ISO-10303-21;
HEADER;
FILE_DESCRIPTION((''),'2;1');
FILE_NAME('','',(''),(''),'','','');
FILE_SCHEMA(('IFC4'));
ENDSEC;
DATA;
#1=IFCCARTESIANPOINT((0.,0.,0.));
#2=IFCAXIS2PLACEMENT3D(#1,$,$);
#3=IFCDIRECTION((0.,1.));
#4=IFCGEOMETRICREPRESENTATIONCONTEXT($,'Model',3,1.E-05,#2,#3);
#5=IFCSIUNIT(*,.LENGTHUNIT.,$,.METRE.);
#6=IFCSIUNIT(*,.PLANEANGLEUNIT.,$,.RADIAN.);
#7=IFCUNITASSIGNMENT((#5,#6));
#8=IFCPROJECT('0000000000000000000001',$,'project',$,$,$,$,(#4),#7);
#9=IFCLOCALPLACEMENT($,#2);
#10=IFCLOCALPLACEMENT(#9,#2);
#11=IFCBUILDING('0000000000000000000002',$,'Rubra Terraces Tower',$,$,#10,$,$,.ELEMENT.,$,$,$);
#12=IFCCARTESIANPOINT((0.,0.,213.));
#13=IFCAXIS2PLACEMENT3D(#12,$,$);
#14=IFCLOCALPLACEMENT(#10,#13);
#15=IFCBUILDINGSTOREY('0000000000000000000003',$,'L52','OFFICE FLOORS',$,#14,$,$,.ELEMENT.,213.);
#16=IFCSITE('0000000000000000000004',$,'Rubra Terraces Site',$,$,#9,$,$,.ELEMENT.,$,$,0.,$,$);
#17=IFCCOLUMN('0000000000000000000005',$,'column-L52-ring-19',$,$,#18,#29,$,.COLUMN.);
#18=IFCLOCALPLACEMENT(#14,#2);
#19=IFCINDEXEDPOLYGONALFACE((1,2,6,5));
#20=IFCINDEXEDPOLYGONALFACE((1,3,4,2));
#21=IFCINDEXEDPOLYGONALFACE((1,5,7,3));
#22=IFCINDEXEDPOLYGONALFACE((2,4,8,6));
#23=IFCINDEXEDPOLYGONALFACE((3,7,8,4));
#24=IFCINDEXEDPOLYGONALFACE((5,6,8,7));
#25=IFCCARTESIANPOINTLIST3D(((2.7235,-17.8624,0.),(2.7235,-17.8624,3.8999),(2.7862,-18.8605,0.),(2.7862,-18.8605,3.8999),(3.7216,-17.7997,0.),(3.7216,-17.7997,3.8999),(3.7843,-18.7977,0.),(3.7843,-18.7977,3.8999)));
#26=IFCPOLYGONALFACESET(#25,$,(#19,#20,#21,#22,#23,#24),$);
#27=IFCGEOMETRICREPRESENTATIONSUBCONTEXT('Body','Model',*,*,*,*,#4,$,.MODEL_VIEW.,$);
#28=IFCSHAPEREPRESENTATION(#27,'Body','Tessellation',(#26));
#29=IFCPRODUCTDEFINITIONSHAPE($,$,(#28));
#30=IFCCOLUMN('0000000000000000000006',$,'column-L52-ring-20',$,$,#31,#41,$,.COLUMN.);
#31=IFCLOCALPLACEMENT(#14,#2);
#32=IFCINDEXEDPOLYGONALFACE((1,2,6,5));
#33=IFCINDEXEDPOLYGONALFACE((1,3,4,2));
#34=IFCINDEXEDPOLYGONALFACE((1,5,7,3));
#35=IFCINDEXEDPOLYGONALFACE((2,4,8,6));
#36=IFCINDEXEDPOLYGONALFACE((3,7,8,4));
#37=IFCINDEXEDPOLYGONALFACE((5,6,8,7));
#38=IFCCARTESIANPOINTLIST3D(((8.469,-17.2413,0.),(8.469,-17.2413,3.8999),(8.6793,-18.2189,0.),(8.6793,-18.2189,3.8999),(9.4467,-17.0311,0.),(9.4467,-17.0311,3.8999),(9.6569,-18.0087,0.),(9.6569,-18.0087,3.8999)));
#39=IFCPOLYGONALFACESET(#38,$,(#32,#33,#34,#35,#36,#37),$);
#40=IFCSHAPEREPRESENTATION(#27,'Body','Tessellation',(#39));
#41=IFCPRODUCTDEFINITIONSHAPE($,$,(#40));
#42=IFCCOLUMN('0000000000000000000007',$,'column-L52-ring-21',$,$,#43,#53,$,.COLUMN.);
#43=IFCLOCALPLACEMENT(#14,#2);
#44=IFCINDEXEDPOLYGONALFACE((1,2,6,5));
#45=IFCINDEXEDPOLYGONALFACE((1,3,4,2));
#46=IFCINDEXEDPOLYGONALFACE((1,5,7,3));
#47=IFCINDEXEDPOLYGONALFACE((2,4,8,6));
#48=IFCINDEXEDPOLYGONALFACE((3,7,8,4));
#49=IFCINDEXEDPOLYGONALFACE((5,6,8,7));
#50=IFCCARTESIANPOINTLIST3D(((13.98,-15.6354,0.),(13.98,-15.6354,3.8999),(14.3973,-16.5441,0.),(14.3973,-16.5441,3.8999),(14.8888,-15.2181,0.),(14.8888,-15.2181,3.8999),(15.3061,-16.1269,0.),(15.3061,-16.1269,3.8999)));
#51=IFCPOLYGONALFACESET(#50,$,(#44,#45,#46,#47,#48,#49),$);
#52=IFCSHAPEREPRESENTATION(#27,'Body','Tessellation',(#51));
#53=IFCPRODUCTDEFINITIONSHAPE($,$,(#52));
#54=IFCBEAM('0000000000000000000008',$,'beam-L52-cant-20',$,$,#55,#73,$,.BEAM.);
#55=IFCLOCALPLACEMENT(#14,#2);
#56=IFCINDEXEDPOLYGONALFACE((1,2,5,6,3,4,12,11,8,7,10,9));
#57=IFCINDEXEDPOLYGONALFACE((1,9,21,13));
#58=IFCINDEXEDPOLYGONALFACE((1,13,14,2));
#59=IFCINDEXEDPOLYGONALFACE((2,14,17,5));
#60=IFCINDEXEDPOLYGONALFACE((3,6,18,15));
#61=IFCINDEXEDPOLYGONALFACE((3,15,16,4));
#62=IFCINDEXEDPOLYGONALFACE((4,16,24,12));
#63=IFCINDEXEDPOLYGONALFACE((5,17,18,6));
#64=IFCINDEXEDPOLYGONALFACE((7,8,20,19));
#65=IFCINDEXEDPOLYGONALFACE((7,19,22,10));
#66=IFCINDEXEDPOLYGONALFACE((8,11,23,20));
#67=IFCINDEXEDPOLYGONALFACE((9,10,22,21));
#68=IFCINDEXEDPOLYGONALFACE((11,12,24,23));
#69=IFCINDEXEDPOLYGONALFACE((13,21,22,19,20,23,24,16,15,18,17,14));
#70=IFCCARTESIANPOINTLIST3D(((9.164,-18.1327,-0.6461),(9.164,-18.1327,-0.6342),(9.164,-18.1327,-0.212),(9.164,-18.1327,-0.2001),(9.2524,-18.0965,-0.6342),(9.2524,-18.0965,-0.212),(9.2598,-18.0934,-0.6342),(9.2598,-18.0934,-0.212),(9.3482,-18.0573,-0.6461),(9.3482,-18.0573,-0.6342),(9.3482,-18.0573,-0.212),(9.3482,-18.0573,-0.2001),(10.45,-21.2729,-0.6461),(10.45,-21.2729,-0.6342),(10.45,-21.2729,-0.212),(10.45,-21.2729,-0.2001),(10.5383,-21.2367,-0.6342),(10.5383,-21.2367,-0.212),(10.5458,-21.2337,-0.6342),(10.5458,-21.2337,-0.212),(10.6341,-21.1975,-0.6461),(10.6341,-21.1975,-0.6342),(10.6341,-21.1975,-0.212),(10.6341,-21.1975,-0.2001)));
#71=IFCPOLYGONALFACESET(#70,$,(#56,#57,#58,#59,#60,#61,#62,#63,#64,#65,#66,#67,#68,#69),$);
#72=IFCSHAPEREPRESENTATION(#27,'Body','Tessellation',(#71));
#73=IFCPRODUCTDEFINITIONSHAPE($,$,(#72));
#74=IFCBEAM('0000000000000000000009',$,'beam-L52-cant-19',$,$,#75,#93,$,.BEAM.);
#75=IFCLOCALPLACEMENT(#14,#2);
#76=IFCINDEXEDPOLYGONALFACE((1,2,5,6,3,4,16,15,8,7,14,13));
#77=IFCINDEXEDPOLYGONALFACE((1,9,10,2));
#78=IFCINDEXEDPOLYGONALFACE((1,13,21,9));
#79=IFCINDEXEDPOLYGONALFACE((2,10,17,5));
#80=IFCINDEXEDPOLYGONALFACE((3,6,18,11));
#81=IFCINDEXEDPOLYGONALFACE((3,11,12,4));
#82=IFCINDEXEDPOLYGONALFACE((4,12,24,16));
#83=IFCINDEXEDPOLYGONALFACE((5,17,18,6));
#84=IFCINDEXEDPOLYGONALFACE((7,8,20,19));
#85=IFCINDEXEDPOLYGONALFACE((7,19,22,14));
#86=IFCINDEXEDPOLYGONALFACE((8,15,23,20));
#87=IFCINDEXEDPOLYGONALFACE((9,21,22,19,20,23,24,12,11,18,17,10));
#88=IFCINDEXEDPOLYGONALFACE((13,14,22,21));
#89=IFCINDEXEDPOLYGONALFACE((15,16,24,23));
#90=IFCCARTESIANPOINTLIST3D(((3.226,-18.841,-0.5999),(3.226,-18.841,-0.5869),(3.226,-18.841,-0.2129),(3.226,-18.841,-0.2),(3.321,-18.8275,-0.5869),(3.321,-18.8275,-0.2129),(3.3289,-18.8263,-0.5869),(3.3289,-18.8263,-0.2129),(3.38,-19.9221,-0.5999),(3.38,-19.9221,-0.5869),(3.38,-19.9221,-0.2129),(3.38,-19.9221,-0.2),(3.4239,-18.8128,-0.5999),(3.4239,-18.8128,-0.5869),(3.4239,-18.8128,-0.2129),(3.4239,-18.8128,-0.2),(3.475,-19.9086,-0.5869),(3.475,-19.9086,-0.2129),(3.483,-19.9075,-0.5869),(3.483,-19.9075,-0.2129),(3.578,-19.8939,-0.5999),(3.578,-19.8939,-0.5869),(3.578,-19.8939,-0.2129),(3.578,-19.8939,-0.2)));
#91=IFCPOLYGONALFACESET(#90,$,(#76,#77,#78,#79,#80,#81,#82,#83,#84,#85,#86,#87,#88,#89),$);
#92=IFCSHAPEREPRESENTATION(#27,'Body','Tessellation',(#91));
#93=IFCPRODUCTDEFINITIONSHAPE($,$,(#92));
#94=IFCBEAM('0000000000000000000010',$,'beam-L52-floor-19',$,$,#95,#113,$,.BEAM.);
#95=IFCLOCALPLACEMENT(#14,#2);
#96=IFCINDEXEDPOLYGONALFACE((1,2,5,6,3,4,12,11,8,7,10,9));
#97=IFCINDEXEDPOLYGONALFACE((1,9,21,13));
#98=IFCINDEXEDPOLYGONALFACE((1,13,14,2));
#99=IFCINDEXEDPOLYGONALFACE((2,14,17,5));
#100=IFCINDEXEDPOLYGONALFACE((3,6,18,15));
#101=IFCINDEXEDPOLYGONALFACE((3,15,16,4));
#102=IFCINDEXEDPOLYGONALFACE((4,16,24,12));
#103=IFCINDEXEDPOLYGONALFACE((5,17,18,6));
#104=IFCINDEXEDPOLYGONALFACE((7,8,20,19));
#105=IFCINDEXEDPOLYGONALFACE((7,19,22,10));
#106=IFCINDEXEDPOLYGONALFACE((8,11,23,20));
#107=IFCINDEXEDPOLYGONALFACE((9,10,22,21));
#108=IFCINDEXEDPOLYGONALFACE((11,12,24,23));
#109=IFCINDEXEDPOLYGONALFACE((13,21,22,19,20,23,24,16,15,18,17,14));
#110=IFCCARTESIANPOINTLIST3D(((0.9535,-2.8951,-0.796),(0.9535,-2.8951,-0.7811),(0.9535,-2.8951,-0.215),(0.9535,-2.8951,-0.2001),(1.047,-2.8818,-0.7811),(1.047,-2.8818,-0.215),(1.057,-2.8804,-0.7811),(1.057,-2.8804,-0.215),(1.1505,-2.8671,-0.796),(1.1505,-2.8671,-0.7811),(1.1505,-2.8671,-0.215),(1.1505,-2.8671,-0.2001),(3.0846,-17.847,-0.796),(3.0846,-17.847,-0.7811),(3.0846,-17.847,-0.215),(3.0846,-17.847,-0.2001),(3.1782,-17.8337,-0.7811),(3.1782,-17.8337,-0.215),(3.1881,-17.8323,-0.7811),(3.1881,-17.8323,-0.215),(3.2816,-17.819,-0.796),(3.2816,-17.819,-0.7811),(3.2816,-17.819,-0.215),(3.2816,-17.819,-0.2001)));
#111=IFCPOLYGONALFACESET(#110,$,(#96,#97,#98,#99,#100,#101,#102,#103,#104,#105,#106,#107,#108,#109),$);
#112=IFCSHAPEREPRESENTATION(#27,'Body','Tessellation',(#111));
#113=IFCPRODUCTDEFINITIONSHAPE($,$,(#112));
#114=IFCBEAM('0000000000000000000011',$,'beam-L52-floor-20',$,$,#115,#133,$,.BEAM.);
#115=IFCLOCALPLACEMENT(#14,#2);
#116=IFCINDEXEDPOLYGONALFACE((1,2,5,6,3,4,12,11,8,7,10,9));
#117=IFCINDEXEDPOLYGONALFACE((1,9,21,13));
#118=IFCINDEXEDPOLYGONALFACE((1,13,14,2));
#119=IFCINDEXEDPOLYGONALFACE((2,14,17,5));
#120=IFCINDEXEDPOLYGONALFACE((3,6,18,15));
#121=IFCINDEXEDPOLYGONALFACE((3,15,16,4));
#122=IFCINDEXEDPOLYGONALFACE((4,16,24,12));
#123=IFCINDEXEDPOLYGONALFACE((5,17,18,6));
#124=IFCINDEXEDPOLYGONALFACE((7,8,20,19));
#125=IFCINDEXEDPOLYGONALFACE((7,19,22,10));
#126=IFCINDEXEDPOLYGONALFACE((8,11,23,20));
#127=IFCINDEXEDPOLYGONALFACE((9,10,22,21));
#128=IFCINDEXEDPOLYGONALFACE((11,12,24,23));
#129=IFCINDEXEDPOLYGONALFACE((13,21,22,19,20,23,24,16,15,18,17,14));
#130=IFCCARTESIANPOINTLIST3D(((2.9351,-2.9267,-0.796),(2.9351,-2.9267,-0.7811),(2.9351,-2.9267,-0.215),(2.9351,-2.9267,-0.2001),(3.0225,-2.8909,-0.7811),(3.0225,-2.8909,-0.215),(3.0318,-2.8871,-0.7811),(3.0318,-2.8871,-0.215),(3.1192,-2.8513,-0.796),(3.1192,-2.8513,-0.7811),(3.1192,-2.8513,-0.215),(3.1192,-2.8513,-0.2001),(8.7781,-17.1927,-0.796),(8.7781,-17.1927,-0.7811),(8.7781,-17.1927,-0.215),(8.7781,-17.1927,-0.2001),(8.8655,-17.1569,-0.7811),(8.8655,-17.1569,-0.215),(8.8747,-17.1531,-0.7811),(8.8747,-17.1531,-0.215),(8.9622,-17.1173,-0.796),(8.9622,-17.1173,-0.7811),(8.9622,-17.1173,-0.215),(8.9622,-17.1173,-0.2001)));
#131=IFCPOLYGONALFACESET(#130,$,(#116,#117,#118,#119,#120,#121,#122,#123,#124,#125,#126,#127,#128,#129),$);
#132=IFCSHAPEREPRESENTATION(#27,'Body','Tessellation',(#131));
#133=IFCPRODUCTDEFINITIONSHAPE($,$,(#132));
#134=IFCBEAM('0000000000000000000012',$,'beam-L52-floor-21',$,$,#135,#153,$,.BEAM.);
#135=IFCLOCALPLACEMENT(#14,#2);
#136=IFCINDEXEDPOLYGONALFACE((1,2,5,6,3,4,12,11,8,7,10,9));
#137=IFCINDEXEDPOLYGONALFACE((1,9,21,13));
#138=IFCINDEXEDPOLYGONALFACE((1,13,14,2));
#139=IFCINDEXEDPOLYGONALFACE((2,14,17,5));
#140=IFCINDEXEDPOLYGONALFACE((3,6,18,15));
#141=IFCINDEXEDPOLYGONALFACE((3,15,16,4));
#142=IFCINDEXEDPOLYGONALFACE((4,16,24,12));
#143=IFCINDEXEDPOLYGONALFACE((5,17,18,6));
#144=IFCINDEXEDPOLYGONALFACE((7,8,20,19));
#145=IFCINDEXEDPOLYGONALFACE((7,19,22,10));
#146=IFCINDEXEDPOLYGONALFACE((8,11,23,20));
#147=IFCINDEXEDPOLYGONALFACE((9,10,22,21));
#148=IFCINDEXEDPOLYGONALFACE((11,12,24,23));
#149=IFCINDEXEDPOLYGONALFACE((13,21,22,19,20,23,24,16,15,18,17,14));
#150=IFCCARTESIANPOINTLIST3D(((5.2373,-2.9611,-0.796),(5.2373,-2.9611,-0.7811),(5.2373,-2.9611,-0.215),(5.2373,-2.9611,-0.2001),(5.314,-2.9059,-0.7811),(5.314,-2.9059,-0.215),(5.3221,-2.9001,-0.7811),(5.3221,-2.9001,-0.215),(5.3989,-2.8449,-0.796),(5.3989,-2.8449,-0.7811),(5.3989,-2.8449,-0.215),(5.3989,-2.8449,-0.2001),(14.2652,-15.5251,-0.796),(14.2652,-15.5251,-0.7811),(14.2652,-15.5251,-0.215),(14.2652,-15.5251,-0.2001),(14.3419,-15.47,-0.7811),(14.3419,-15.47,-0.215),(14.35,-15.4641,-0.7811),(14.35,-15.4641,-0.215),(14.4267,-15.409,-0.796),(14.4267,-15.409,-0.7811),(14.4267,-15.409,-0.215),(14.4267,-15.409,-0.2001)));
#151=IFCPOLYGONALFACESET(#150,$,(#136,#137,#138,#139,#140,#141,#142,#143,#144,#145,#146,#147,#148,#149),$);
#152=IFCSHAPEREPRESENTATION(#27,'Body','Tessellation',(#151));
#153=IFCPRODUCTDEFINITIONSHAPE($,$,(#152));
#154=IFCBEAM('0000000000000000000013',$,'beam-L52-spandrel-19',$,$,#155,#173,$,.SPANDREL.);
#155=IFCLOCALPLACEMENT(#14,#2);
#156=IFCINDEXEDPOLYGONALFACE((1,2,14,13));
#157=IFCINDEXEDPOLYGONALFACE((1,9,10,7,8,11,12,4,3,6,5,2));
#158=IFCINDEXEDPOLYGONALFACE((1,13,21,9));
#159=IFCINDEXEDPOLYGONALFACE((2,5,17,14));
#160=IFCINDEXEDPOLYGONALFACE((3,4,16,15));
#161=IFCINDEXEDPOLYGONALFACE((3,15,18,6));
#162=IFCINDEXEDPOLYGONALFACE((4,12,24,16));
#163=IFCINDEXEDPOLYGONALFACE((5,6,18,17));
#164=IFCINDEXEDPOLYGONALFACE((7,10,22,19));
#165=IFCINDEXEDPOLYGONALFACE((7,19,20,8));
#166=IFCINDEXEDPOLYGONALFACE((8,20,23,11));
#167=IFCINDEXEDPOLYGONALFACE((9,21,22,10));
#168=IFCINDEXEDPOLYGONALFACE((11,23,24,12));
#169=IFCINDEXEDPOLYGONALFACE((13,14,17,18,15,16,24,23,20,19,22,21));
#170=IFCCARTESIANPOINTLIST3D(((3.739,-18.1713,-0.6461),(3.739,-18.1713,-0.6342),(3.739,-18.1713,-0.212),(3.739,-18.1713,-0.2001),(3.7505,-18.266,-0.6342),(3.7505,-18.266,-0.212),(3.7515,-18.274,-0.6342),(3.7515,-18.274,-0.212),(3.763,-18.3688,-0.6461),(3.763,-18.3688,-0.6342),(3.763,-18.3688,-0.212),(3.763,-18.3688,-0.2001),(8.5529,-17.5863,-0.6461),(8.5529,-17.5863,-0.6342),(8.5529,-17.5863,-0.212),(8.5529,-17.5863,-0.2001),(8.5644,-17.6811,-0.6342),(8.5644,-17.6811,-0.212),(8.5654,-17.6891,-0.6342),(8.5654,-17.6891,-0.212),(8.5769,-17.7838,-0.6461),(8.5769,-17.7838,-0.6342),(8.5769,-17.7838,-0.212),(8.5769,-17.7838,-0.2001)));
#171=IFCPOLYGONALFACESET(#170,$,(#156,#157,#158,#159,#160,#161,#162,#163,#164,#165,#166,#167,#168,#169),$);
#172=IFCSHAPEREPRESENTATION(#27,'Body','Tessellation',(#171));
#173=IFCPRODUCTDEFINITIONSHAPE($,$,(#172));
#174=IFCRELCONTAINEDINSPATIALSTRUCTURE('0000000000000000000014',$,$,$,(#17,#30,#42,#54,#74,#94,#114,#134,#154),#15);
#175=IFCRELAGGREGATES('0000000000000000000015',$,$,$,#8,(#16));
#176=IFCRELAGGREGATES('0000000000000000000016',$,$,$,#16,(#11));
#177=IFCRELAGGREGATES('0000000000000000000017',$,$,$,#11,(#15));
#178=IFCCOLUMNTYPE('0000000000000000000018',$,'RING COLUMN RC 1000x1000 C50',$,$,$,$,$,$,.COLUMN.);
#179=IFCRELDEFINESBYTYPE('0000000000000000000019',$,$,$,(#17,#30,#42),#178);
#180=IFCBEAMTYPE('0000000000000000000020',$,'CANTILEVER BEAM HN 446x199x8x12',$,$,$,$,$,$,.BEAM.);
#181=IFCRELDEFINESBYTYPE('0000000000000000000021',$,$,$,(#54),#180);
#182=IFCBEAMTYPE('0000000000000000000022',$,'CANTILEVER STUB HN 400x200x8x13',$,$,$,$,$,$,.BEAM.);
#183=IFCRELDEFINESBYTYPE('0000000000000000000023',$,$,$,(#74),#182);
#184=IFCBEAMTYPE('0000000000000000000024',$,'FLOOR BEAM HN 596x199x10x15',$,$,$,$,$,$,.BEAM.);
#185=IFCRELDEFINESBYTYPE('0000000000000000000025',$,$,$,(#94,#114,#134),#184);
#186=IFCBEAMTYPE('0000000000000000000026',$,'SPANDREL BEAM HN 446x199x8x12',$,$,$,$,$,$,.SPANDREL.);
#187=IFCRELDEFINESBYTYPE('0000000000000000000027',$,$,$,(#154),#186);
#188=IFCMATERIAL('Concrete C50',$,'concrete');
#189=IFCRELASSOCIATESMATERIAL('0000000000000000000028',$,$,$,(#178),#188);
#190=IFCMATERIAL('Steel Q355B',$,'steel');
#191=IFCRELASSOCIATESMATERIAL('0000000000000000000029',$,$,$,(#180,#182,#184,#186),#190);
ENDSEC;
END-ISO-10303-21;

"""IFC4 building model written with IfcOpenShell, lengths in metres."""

from ifc_helpers import new_model, si_unit, direction, frame, origin, origin_2d, place, context, subcontext, project, spatial, rectangle, i_section, extrude, material, material_profile, profile_set, type_object, element, save


model = new_model("IFC4")

# Units and contexts
model_context = context("Model", 3, precision=1e-05, world=origin(), true_north=direction((0.0, 1.0)))
body_context = subcontext(model_context, "Body", "Model", "MODEL_VIEW")
ifc_project = project(units=[si_unit("LENGTHUNIT", "METRE"), si_unit("PLANEANGLEUNIT", "RADIAN")], contexts=[model_context])

# Site, building, storey
site_placement = place(None, origin())
site = spatial("IfcSite", under=ifc_project, at=site_placement, Name="Rubra Terraces Site", CompositionType="ELEMENT", RefElevation=0.0)
building_placement = place(site_placement, origin())
building = spatial("IfcBuilding", under=site, at=building_placement, Name="Rubra Terraces Tower", CompositionType="ELEMENT")
storey_placement = place(building_placement, frame((0.0, 0.0, 213.0)))
storey = spatial("IfcBuildingStorey", under=building, at=storey_placement, Name="L52", Description="OFFICE FLOORS", CompositionType="ELEMENT", Elevation=213.0)

# Columns
ifc_material_1 = material(Name="Concrete C50", Category="concrete")
ifc_material_profile_1 = material_profile(ifc_material_1, rectangle(XDim=1.0, YDim=1.0, at=origin_2d()), Name="RC 1000x1000")
ifc_profile_set_1 = profile_set([ifc_material_profile_1], Name="Concrete C50")
column_type = type_object("IfcColumnType", Name="RING COLUMN RC 1000x1000 C50", PredefinedType="COLUMN", material=ifc_profile_set_1)
for number, where, z_axis, x_axis, name in (
    (1, (3.2539, -18.3301, 0.0), (0.0, 0.0, 1.0), (0.998032, 0.062714, 0.0), "column-L52-ring-19"),
    (2, (9.063, -17.625, 0.0), (0.0, 0.0, 1.0), (0.977653, 0.210227, 0.0), "column-L52-ring-20"),
    (3, (14.6431, -15.8811, 0.0), (0.0, 0.0, 1.0), (0.908779, 0.417279, 0.0), "column-L52-ring-21"),
):
    element("IfcColumn", number, at=place(storey_placement, frame(where, z_axis=z_axis, x_axis=x_axis)), inside=storey, type_object=column_type, Name=name, PredefinedType="COLUMN", context=body_context, shape_type="SweptSolid", body=[
        extrude(rectangle(XDim=1.0, YDim=1.0, at=origin_2d()), origin(), (0.0, 0.0, 1.0), 3.8999),
    ])

# Beams
ifc_material_2 = material(Name="Steel Q355B", Category="steel")
ifc_material_profile_2 = material_profile(ifc_material_2, i_section(OverallWidth=0.199, OverallDepth=0.446, WebThickness=0.0081, FlangeThickness=0.012, at=origin_2d()), Name="HN 446x199x8x12")
ifc_profile_set_2 = profile_set([ifc_material_profile_2], Name="Steel Q355B")
beam_type_1 = type_object("IfcBeamType", Name="CANTILEVER BEAM HN 446x199x8x12", PredefinedType="BEAM", material=ifc_profile_set_2)
beam_1_placement = place(storey_placement, frame((9.2561, -18.095, -0.4231), z_axis=(0.378958, -0.925414, 0.0), x_axis=(0.925414, 0.378958, 0.0)))
element("IfcBeam", 4, at=beam_1_placement, inside=storey, type_object=beam_type_1, Name="beam-L52-cant-20", PredefinedType="BEAM", context=body_context, shape_type="SweptSolid", body=[
    extrude(i_section(OverallWidth=0.199, OverallDepth=0.446, WebThickness=0.0081, FlangeThickness=0.012, at=origin_2d()), origin(), (0.0, 0.0, 1.0), 3.3933),
])
ifc_material_profile_3 = material_profile(ifc_material_2, i_section(OverallWidth=0.2, OverallDepth=0.3999, WebThickness=0.0081, FlangeThickness=0.0129, at=origin_2d()), Name="HN 400x200x8x13")
ifc_profile_set_3 = profile_set([ifc_material_profile_3], Name="Steel Q355B")
beam_type_2 = type_object("IfcBeamType", Name="CANTILEVER STUB HN 400x200x8x13", PredefinedType="BEAM", material=ifc_profile_set_3)
beam_2_placement = place(storey_placement, frame((3.325, -18.8269, -0.3999), z_axis=(0.141077, -0.989999, 0.0), x_axis=(0.989999, 0.141077, 0.0)))
element("IfcBeam", 5, at=beam_2_placement, inside=storey, type_object=beam_type_2, Name="beam-L52-cant-19", PredefinedType="BEAM", context=body_context, shape_type="SweptSolid", body=[
    extrude(i_section(OverallWidth=0.2, OverallDepth=0.3999, WebThickness=0.0081, FlangeThickness=0.0129, at=origin_2d()), origin(), (0.0, 0.0, 1.0), 1.092),
])
ifc_material_profile_4 = material_profile(ifc_material_2, i_section(OverallWidth=0.199, OverallDepth=0.5959, WebThickness=0.01, FlangeThickness=0.0149, at=origin_2d()), Name="HN 596x199x10x15")
ifc_profile_set_4 = profile_set([ifc_material_profile_4], Name="Steel Q355B")
beam_type_3 = type_object("IfcBeamType", Name="FLOOR BEAM HN 596x199x10x15", PredefinedType="BEAM", material=ifc_profile_set_4)
beam_3_placement = place(storey_placement, frame((3.1831, -17.833, -0.498), z_axis=(-0.141105, 0.989995, 0.0), x_axis=(-0.989995, -0.141105, 0.0)))
element("IfcBeam", 6, at=beam_3_placement, inside=storey, type_object=beam_type_3, Name="beam-L52-floor-19", PredefinedType="BEAM", context=body_context, shape_type="SweptSolid", body=[
    extrude(i_section(OverallWidth=0.199, OverallDepth=0.5959, WebThickness=0.01, FlangeThickness=0.0149, at=origin_2d()), origin(), (0.0, 0.0, 1.0), 15.103),
])
beam_4_placement = place(storey_placement, frame((8.8701, -17.155, -0.498), z_axis=(-0.379015, 0.92539, 0.0), x_axis=(-0.92539, -0.379015, 0.0)))
element("IfcBeam", 7, at=beam_4_placement, inside=storey, type_object=beam_type_3, Name="beam-L52-floor-20", PredefinedType="BEAM", context=body_context, shape_type="SweptSolid", body=[
    extrude(i_section(OverallWidth=0.199, OverallDepth=0.5959, WebThickness=0.01, FlangeThickness=0.0149, at=origin_2d()), origin(), (0.0, 0.0, 1.0), 15.4163),
])
beam_5_placement = place(storey_placement, frame((14.3459, -15.467, -0.498), z_axis=(-0.583529, 0.812092, 0.0), x_axis=(-0.812092, -0.583529, 0.0)))
element("IfcBeam", 8, at=beam_5_placement, inside=storey, type_object=beam_type_3, Name="beam-L52-floor-21", PredefinedType="BEAM", context=body_context, shape_type="SweptSolid", body=[
    extrude(i_section(OverallWidth=0.199, OverallDepth=0.5959, WebThickness=0.01, FlangeThickness=0.0149, at=origin_2d()), origin(), (0.0, 0.0, 1.0), 15.4712),
])
ifc_material_profile_5 = material_profile(ifc_material_2, i_section(OverallWidth=0.199, OverallDepth=0.446, WebThickness=0.0081, FlangeThickness=0.012, at=origin_2d()), Name="HN 446x199x8x12")
ifc_profile_set_5 = profile_set([ifc_material_profile_5], Name="Steel Q355B")
beam_type_4 = type_object("IfcBeamType", Name="SPANDREL BEAM HN 446x199x8x12", PredefinedType="SPANDREL", material=ifc_profile_set_5)
beam_6_placement = place(storey_placement, frame((3.751, -18.27, -0.4231), z_axis=(0.992698, 0.120626, 0.0), x_axis=(-0.120626, 0.992698, 0.0)))
element("IfcBeam", 9, at=beam_6_placement, inside=storey, type_object=beam_type_4, Name="beam-L52-spandrel-19", PredefinedType="SPANDREL", context=body_context, shape_type="SweptSolid", body=[
    extrude(i_section(OverallWidth=0.199, OverallDepth=0.446, WebThickness=0.0081, FlangeThickness=0.012, at=origin_2d()), origin(), (0.0, 0.0, 1.0), 4.8494),
])

save(model, "model.ifc")
